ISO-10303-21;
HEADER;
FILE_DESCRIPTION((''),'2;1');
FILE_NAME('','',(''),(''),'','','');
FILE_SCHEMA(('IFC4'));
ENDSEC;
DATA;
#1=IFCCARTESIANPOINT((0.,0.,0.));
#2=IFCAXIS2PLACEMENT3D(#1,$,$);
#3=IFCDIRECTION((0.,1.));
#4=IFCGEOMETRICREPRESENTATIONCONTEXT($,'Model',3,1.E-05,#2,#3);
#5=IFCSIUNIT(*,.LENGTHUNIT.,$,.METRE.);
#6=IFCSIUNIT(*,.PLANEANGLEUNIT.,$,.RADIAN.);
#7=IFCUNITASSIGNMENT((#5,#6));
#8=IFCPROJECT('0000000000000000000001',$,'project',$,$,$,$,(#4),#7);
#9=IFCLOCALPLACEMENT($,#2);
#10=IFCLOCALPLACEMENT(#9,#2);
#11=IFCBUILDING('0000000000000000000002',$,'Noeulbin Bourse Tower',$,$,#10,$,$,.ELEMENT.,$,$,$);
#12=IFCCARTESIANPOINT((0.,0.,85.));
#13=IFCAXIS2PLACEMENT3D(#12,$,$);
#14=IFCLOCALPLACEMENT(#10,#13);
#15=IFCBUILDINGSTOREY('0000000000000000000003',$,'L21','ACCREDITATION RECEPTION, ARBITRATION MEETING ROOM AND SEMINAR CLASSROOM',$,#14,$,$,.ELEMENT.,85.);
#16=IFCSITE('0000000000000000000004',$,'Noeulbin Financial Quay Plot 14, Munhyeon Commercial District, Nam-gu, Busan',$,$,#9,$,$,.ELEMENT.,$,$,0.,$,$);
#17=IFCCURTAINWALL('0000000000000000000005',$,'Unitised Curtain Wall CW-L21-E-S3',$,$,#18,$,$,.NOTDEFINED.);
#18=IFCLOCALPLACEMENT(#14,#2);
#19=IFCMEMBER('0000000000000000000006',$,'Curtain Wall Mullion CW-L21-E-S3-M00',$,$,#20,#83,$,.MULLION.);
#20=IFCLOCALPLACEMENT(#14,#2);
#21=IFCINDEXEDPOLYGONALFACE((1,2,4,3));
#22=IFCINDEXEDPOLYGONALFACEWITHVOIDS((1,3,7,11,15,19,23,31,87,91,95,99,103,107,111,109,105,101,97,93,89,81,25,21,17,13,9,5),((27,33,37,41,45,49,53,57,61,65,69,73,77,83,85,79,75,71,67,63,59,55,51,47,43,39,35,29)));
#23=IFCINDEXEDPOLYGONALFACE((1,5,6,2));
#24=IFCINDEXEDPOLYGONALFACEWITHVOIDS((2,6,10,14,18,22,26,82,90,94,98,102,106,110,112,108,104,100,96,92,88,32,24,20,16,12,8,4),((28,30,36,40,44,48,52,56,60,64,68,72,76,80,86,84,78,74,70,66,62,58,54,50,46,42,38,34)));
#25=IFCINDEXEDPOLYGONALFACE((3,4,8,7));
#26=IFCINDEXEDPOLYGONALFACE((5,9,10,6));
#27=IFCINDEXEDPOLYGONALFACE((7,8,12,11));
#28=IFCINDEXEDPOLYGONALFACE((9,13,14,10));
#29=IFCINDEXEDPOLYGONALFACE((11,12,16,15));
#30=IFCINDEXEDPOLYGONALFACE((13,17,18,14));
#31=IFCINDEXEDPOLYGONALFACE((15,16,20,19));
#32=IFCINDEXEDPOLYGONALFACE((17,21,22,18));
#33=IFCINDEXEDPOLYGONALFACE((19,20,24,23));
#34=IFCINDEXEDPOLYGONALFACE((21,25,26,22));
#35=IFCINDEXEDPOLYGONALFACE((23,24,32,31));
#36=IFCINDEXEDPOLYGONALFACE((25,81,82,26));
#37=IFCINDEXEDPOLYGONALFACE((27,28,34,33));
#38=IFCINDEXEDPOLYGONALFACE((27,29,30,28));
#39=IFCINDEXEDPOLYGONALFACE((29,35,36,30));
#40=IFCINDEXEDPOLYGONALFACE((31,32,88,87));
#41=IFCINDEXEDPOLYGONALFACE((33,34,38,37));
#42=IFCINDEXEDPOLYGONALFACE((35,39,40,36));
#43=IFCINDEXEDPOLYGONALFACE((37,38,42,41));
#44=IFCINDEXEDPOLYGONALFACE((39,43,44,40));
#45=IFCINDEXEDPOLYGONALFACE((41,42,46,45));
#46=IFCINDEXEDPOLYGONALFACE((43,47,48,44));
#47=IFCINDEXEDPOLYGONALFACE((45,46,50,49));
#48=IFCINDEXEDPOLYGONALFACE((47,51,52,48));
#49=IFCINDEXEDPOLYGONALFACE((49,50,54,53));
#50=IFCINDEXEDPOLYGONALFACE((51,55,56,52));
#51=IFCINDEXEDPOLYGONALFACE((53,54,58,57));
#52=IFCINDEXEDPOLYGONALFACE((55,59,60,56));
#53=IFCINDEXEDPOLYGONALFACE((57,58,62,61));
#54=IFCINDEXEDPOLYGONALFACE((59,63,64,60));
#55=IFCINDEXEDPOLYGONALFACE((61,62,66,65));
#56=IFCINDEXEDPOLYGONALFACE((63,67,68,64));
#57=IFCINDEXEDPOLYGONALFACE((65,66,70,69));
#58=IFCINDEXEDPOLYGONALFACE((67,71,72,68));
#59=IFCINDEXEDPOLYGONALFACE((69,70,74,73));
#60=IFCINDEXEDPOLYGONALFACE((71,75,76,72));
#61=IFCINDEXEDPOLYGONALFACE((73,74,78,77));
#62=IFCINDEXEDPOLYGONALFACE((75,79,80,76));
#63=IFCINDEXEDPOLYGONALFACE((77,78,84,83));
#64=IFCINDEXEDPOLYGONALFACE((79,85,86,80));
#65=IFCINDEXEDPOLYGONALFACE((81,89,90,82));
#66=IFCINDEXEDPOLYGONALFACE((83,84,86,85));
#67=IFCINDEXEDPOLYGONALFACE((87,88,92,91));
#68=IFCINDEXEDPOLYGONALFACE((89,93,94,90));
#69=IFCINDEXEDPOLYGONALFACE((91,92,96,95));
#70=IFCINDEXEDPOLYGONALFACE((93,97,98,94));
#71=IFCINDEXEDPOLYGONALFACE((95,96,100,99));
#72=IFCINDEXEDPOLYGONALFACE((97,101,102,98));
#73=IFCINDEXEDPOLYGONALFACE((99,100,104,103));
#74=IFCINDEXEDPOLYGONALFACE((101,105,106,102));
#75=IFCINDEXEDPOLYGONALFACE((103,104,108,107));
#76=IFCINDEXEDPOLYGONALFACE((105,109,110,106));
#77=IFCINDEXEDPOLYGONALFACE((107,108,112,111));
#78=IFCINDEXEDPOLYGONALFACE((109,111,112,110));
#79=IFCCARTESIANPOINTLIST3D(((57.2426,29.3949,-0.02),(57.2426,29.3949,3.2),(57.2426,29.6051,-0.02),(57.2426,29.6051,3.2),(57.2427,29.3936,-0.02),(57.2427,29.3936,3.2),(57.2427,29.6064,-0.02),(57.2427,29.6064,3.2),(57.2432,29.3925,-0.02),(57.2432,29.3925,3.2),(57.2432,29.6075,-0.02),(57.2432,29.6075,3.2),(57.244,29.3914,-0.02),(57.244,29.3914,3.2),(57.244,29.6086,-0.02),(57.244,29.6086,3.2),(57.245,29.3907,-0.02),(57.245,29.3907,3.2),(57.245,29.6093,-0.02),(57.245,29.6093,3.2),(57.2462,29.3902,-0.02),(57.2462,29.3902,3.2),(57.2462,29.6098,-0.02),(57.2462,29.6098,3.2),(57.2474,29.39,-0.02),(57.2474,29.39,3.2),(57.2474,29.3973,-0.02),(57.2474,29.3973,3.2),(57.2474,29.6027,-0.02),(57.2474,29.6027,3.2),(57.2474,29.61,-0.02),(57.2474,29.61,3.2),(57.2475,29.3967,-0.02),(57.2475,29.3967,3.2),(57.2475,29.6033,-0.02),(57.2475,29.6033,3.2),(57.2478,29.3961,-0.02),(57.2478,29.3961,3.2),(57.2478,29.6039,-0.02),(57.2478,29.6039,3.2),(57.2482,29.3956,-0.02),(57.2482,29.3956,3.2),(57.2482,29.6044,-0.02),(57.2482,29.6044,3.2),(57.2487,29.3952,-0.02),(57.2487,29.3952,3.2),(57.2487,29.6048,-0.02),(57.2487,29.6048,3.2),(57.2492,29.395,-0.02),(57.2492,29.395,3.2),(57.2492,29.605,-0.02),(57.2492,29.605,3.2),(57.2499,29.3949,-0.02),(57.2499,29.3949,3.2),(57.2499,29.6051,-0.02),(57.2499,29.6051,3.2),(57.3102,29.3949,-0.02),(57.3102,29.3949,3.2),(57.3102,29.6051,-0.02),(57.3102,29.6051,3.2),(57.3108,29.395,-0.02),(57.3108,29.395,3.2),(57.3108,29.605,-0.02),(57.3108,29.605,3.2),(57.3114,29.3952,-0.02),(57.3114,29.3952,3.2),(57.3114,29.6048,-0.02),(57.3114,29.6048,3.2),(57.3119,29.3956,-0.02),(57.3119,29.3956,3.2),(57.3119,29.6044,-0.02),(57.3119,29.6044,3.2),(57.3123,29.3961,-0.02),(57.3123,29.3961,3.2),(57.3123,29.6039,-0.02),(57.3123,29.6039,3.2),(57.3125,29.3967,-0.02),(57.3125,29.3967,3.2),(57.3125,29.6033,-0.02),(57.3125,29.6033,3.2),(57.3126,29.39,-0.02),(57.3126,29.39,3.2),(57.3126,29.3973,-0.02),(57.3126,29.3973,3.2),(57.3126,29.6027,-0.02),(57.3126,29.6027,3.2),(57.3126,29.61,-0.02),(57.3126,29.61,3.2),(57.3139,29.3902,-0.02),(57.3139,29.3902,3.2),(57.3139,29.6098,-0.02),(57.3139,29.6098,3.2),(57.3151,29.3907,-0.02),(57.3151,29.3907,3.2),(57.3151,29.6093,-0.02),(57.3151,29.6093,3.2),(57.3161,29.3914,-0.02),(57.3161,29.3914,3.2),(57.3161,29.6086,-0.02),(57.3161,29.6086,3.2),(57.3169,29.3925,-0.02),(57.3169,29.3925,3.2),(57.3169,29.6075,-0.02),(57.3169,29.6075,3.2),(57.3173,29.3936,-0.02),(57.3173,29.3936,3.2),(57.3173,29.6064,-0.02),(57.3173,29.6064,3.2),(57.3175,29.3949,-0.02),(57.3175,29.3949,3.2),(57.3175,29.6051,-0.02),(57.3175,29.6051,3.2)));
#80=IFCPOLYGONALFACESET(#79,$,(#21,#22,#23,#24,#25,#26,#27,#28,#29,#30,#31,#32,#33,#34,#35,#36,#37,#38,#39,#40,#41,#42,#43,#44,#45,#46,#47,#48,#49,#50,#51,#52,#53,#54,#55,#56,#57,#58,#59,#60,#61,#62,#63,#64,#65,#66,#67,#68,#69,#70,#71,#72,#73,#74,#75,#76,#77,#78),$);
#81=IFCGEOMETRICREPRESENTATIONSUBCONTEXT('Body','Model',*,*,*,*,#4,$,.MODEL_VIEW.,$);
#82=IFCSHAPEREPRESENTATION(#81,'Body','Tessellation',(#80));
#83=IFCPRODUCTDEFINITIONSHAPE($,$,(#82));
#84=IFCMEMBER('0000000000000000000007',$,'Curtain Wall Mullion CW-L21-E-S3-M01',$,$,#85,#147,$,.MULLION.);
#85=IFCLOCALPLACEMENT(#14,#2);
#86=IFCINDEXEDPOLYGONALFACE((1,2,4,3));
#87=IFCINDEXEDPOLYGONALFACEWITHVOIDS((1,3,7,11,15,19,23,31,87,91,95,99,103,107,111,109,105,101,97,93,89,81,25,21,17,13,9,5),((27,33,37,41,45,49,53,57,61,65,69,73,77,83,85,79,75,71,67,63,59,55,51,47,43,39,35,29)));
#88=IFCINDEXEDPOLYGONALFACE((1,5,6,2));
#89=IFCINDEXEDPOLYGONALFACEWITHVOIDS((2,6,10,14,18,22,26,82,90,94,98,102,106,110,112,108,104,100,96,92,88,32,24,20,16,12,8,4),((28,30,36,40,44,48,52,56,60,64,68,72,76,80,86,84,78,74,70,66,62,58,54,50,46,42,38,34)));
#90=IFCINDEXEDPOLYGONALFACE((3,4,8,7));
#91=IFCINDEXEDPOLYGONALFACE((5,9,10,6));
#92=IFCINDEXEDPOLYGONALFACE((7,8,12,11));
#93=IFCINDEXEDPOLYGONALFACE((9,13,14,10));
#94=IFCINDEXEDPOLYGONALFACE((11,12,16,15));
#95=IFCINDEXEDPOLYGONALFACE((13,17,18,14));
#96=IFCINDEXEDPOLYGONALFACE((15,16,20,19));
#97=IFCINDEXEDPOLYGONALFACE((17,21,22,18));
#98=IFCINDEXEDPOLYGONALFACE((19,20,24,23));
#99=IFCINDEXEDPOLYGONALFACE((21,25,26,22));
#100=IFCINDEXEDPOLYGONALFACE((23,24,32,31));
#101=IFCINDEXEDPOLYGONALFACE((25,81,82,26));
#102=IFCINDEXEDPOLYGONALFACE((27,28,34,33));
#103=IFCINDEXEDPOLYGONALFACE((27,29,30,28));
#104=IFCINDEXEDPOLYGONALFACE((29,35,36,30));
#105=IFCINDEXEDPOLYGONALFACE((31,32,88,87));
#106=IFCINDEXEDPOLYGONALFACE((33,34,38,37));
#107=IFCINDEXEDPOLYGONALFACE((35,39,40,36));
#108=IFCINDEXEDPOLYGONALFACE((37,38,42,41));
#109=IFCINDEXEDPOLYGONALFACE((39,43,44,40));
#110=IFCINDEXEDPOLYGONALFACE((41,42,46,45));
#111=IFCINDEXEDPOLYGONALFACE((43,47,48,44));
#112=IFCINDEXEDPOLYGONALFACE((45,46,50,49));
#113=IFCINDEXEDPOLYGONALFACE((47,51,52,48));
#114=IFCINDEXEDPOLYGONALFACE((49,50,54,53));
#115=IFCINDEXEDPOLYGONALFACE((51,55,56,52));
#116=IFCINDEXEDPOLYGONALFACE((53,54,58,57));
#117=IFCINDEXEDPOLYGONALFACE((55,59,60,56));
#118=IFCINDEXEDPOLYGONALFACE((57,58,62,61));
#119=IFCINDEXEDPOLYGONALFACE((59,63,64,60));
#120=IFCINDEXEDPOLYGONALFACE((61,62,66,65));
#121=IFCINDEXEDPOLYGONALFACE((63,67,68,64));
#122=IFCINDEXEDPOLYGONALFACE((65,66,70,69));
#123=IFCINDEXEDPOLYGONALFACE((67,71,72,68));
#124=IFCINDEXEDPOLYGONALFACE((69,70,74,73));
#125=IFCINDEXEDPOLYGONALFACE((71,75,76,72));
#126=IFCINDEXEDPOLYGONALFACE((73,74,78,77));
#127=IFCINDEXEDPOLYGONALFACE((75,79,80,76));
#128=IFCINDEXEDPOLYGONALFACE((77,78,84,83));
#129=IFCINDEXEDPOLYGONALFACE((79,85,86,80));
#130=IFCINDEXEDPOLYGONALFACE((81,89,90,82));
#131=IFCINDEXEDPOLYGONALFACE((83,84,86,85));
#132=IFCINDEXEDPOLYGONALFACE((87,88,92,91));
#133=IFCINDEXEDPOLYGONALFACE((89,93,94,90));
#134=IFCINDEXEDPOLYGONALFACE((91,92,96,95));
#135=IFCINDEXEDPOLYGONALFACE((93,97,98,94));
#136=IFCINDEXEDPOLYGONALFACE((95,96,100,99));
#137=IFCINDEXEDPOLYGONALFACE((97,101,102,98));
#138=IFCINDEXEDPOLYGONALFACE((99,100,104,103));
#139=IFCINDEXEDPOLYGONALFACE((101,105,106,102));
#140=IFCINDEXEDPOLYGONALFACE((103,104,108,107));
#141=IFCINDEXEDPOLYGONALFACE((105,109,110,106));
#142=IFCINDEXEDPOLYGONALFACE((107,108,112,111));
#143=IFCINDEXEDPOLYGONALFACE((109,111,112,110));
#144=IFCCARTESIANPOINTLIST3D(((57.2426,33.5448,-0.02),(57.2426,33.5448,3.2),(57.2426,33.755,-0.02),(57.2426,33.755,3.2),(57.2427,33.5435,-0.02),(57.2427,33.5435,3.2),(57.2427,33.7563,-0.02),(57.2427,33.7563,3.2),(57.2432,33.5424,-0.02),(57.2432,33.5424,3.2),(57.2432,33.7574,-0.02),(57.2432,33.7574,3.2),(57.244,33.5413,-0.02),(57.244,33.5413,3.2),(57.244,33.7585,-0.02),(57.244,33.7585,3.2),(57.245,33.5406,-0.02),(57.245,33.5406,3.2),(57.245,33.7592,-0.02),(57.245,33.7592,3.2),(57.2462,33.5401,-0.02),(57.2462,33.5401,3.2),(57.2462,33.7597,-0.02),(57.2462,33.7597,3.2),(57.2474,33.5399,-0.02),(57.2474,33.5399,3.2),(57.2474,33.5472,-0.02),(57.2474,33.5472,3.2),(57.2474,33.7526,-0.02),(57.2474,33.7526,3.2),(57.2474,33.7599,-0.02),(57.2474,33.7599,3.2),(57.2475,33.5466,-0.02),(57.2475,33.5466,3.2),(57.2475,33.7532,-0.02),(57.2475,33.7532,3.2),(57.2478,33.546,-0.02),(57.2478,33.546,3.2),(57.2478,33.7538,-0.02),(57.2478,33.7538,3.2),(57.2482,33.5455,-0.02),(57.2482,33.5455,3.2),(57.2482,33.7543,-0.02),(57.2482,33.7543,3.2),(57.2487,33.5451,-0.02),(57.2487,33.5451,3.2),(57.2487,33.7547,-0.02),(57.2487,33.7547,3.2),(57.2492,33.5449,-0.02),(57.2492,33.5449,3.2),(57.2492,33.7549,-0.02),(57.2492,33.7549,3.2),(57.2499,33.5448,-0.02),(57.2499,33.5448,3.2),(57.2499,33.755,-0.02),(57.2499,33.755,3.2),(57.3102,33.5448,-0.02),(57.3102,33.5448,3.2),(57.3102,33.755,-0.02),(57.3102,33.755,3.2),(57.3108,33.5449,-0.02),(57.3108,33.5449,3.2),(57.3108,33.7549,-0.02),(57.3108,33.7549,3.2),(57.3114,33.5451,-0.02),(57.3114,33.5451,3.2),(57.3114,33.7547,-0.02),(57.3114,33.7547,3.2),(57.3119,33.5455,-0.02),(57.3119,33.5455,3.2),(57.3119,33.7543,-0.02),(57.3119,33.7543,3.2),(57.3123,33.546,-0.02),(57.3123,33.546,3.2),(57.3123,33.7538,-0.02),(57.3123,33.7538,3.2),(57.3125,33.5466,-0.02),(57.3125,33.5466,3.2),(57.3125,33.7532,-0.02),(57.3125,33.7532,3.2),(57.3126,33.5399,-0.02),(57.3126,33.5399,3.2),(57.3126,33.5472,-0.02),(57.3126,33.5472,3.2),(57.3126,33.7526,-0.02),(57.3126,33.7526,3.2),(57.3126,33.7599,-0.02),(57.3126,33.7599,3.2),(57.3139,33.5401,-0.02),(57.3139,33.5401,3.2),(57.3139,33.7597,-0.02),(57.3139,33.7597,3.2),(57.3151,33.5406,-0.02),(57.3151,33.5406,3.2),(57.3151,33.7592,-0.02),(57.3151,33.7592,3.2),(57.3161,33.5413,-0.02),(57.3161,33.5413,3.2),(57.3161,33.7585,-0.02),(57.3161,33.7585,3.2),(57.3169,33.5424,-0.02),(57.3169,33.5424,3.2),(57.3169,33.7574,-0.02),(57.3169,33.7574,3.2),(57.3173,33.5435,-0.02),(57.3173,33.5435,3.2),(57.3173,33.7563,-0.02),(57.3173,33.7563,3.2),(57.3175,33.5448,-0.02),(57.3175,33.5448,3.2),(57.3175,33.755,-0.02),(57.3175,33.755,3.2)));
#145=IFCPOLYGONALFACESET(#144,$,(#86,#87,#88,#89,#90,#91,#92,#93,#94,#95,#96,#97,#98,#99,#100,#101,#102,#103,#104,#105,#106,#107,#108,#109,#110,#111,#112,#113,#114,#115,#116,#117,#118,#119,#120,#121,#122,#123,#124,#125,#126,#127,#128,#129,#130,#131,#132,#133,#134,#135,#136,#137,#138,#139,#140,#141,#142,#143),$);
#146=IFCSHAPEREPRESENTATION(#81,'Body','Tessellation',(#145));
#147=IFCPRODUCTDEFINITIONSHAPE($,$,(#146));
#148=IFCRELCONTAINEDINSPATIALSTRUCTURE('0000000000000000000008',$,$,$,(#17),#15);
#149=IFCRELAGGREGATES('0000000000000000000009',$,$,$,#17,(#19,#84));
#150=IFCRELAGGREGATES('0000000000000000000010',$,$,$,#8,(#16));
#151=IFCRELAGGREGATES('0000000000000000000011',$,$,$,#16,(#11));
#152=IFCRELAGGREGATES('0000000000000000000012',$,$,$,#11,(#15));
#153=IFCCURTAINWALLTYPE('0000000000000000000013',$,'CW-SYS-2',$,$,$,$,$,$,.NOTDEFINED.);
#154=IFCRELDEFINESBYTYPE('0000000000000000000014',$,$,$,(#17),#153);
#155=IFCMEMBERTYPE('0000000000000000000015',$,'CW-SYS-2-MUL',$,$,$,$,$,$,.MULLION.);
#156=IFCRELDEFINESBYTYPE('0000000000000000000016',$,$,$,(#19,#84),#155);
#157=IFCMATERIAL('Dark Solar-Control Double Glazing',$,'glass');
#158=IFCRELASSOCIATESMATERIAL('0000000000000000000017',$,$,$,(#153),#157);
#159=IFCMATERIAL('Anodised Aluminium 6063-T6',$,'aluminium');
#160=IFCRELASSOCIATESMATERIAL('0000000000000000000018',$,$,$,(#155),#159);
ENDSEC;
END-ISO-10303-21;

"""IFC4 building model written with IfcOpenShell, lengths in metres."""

from ifc_helpers import new_model, si_unit, direction, frame, origin, origin_2d, place, context, subcontext, project, spatial, hollow_rectangle, extrude, material, material_profile, profile_set, type_object, element, aggregate, save


model = new_model("IFC4")

# Units and contexts
model_context = context("Model", 3, precision=1e-05, world=origin(), true_north=direction((0.0, 1.0)))
body_context = subcontext(model_context, "Body", "Model", "MODEL_VIEW")
ifc_project = project(units=[si_unit("LENGTHUNIT", "METRE"), si_unit("PLANEANGLEUNIT", "RADIAN")], contexts=[model_context])

# Site, building, storey
site_placement = place(None, origin())
site = spatial("IfcSite", under=ifc_project, at=site_placement, Name="Noeulbin Financial Quay Plot 14, Munhyeon Commercial District, Nam-gu, Busan", CompositionType="ELEMENT", RefElevation=0.0)
building_placement = place(site_placement, origin())
building = spatial("IfcBuilding", under=site, at=building_placement, Name="Noeulbin Bourse Tower", CompositionType="ELEMENT")
storey_placement = place(building_placement, frame((0.0, 0.0, 85.0)))
storey = spatial("IfcBuildingStorey", under=building, at=storey_placement, Name="L21", Description="ACCREDITATION RECEPTION, ARBITRATION MEETING ROOM AND SEMINAR CLASSROOM", CompositionType="ELEMENT", Elevation=85.0)

# Curtain wall, members
ifc_material_1 = material(Name="Dark Solar-Control Double Glazing", Category="glass")
curtain_wall_type = type_object("IfcCurtainWallType", Name="CW-SYS-2", PredefinedType="NOTDEFINED", material=ifc_material_1)
ifc_material_2 = material(Name="Anodised Aluminium 6063-T6", Category="aluminium")
ifc_material_profile_1 = material_profile(ifc_material_2, hollow_rectangle(XDim=0.075, YDim=0.22, WallThickness=0.0049, InnerFilletRadius=0.0024, OuterFilletRadius=0.0049, at=origin_2d()), Name="ALU-MULL-75x220x5", Category="LoadBearing")
ifc_profile_set_1 = profile_set([ifc_material_profile_1], Name="Anodised Aluminium 6063-T6")
member_type_1 = type_object("IfcMemberType", Name="CW-SYS-2-MUL", PredefinedType="MULLION", material=ifc_profile_set_1)
curtain_wall_1_placement = place(storey_placement, origin())
curtain_wall_1 = element("IfcCurtainWall", 1, at=curtain_wall_1_placement, inside=storey, type_object=curtain_wall_type, Name="Unitised Curtain Wall CW-L21-E-S3", PredefinedType="NOTDEFINED")
member_1_placement = place(storey_placement, frame((57.28, 29.5, -0.02), z_axis=(0.0, 0.0, 1.0), x_axis=(1.0, 0.0, 0.0)))
member_1 = element("IfcMember", 2, at=member_1_placement, type_object=member_type_1, Name="Curtain Wall Mullion CW-L21-E-S3-M00", PredefinedType="MULLION", context=body_context, shape_type="SweptSolid", body=[
    extrude(hollow_rectangle(XDim=0.075, YDim=0.22, WallThickness=0.0049, InnerFilletRadius=0.0024, OuterFilletRadius=0.0049, at=origin_2d()), origin(), (0.0, 0.0, 1.0), 3.22),
])
member_2_placement = place(storey_placement, frame((57.28, 33.6499, -0.02), z_axis=(0.0, 0.0, 1.0), x_axis=(1.0, 0.0, 0.0)))
member_2 = element("IfcMember", 3, at=member_2_placement, type_object=member_type_1, Name="Curtain Wall Mullion CW-L21-E-S3-M01", PredefinedType="MULLION", context=body_context, shape_type="SweptSolid", body=[
    extrude(hollow_rectangle(XDim=0.075, YDim=0.22, WallThickness=0.0049, InnerFilletRadius=0.0024, OuterFilletRadius=0.0049, at=origin_2d()), origin(), (0.0, 0.0, 1.0), 3.22),
])

aggregate(curtain_wall_1, [member_1, member_2])

save(model, "model.ifc")
